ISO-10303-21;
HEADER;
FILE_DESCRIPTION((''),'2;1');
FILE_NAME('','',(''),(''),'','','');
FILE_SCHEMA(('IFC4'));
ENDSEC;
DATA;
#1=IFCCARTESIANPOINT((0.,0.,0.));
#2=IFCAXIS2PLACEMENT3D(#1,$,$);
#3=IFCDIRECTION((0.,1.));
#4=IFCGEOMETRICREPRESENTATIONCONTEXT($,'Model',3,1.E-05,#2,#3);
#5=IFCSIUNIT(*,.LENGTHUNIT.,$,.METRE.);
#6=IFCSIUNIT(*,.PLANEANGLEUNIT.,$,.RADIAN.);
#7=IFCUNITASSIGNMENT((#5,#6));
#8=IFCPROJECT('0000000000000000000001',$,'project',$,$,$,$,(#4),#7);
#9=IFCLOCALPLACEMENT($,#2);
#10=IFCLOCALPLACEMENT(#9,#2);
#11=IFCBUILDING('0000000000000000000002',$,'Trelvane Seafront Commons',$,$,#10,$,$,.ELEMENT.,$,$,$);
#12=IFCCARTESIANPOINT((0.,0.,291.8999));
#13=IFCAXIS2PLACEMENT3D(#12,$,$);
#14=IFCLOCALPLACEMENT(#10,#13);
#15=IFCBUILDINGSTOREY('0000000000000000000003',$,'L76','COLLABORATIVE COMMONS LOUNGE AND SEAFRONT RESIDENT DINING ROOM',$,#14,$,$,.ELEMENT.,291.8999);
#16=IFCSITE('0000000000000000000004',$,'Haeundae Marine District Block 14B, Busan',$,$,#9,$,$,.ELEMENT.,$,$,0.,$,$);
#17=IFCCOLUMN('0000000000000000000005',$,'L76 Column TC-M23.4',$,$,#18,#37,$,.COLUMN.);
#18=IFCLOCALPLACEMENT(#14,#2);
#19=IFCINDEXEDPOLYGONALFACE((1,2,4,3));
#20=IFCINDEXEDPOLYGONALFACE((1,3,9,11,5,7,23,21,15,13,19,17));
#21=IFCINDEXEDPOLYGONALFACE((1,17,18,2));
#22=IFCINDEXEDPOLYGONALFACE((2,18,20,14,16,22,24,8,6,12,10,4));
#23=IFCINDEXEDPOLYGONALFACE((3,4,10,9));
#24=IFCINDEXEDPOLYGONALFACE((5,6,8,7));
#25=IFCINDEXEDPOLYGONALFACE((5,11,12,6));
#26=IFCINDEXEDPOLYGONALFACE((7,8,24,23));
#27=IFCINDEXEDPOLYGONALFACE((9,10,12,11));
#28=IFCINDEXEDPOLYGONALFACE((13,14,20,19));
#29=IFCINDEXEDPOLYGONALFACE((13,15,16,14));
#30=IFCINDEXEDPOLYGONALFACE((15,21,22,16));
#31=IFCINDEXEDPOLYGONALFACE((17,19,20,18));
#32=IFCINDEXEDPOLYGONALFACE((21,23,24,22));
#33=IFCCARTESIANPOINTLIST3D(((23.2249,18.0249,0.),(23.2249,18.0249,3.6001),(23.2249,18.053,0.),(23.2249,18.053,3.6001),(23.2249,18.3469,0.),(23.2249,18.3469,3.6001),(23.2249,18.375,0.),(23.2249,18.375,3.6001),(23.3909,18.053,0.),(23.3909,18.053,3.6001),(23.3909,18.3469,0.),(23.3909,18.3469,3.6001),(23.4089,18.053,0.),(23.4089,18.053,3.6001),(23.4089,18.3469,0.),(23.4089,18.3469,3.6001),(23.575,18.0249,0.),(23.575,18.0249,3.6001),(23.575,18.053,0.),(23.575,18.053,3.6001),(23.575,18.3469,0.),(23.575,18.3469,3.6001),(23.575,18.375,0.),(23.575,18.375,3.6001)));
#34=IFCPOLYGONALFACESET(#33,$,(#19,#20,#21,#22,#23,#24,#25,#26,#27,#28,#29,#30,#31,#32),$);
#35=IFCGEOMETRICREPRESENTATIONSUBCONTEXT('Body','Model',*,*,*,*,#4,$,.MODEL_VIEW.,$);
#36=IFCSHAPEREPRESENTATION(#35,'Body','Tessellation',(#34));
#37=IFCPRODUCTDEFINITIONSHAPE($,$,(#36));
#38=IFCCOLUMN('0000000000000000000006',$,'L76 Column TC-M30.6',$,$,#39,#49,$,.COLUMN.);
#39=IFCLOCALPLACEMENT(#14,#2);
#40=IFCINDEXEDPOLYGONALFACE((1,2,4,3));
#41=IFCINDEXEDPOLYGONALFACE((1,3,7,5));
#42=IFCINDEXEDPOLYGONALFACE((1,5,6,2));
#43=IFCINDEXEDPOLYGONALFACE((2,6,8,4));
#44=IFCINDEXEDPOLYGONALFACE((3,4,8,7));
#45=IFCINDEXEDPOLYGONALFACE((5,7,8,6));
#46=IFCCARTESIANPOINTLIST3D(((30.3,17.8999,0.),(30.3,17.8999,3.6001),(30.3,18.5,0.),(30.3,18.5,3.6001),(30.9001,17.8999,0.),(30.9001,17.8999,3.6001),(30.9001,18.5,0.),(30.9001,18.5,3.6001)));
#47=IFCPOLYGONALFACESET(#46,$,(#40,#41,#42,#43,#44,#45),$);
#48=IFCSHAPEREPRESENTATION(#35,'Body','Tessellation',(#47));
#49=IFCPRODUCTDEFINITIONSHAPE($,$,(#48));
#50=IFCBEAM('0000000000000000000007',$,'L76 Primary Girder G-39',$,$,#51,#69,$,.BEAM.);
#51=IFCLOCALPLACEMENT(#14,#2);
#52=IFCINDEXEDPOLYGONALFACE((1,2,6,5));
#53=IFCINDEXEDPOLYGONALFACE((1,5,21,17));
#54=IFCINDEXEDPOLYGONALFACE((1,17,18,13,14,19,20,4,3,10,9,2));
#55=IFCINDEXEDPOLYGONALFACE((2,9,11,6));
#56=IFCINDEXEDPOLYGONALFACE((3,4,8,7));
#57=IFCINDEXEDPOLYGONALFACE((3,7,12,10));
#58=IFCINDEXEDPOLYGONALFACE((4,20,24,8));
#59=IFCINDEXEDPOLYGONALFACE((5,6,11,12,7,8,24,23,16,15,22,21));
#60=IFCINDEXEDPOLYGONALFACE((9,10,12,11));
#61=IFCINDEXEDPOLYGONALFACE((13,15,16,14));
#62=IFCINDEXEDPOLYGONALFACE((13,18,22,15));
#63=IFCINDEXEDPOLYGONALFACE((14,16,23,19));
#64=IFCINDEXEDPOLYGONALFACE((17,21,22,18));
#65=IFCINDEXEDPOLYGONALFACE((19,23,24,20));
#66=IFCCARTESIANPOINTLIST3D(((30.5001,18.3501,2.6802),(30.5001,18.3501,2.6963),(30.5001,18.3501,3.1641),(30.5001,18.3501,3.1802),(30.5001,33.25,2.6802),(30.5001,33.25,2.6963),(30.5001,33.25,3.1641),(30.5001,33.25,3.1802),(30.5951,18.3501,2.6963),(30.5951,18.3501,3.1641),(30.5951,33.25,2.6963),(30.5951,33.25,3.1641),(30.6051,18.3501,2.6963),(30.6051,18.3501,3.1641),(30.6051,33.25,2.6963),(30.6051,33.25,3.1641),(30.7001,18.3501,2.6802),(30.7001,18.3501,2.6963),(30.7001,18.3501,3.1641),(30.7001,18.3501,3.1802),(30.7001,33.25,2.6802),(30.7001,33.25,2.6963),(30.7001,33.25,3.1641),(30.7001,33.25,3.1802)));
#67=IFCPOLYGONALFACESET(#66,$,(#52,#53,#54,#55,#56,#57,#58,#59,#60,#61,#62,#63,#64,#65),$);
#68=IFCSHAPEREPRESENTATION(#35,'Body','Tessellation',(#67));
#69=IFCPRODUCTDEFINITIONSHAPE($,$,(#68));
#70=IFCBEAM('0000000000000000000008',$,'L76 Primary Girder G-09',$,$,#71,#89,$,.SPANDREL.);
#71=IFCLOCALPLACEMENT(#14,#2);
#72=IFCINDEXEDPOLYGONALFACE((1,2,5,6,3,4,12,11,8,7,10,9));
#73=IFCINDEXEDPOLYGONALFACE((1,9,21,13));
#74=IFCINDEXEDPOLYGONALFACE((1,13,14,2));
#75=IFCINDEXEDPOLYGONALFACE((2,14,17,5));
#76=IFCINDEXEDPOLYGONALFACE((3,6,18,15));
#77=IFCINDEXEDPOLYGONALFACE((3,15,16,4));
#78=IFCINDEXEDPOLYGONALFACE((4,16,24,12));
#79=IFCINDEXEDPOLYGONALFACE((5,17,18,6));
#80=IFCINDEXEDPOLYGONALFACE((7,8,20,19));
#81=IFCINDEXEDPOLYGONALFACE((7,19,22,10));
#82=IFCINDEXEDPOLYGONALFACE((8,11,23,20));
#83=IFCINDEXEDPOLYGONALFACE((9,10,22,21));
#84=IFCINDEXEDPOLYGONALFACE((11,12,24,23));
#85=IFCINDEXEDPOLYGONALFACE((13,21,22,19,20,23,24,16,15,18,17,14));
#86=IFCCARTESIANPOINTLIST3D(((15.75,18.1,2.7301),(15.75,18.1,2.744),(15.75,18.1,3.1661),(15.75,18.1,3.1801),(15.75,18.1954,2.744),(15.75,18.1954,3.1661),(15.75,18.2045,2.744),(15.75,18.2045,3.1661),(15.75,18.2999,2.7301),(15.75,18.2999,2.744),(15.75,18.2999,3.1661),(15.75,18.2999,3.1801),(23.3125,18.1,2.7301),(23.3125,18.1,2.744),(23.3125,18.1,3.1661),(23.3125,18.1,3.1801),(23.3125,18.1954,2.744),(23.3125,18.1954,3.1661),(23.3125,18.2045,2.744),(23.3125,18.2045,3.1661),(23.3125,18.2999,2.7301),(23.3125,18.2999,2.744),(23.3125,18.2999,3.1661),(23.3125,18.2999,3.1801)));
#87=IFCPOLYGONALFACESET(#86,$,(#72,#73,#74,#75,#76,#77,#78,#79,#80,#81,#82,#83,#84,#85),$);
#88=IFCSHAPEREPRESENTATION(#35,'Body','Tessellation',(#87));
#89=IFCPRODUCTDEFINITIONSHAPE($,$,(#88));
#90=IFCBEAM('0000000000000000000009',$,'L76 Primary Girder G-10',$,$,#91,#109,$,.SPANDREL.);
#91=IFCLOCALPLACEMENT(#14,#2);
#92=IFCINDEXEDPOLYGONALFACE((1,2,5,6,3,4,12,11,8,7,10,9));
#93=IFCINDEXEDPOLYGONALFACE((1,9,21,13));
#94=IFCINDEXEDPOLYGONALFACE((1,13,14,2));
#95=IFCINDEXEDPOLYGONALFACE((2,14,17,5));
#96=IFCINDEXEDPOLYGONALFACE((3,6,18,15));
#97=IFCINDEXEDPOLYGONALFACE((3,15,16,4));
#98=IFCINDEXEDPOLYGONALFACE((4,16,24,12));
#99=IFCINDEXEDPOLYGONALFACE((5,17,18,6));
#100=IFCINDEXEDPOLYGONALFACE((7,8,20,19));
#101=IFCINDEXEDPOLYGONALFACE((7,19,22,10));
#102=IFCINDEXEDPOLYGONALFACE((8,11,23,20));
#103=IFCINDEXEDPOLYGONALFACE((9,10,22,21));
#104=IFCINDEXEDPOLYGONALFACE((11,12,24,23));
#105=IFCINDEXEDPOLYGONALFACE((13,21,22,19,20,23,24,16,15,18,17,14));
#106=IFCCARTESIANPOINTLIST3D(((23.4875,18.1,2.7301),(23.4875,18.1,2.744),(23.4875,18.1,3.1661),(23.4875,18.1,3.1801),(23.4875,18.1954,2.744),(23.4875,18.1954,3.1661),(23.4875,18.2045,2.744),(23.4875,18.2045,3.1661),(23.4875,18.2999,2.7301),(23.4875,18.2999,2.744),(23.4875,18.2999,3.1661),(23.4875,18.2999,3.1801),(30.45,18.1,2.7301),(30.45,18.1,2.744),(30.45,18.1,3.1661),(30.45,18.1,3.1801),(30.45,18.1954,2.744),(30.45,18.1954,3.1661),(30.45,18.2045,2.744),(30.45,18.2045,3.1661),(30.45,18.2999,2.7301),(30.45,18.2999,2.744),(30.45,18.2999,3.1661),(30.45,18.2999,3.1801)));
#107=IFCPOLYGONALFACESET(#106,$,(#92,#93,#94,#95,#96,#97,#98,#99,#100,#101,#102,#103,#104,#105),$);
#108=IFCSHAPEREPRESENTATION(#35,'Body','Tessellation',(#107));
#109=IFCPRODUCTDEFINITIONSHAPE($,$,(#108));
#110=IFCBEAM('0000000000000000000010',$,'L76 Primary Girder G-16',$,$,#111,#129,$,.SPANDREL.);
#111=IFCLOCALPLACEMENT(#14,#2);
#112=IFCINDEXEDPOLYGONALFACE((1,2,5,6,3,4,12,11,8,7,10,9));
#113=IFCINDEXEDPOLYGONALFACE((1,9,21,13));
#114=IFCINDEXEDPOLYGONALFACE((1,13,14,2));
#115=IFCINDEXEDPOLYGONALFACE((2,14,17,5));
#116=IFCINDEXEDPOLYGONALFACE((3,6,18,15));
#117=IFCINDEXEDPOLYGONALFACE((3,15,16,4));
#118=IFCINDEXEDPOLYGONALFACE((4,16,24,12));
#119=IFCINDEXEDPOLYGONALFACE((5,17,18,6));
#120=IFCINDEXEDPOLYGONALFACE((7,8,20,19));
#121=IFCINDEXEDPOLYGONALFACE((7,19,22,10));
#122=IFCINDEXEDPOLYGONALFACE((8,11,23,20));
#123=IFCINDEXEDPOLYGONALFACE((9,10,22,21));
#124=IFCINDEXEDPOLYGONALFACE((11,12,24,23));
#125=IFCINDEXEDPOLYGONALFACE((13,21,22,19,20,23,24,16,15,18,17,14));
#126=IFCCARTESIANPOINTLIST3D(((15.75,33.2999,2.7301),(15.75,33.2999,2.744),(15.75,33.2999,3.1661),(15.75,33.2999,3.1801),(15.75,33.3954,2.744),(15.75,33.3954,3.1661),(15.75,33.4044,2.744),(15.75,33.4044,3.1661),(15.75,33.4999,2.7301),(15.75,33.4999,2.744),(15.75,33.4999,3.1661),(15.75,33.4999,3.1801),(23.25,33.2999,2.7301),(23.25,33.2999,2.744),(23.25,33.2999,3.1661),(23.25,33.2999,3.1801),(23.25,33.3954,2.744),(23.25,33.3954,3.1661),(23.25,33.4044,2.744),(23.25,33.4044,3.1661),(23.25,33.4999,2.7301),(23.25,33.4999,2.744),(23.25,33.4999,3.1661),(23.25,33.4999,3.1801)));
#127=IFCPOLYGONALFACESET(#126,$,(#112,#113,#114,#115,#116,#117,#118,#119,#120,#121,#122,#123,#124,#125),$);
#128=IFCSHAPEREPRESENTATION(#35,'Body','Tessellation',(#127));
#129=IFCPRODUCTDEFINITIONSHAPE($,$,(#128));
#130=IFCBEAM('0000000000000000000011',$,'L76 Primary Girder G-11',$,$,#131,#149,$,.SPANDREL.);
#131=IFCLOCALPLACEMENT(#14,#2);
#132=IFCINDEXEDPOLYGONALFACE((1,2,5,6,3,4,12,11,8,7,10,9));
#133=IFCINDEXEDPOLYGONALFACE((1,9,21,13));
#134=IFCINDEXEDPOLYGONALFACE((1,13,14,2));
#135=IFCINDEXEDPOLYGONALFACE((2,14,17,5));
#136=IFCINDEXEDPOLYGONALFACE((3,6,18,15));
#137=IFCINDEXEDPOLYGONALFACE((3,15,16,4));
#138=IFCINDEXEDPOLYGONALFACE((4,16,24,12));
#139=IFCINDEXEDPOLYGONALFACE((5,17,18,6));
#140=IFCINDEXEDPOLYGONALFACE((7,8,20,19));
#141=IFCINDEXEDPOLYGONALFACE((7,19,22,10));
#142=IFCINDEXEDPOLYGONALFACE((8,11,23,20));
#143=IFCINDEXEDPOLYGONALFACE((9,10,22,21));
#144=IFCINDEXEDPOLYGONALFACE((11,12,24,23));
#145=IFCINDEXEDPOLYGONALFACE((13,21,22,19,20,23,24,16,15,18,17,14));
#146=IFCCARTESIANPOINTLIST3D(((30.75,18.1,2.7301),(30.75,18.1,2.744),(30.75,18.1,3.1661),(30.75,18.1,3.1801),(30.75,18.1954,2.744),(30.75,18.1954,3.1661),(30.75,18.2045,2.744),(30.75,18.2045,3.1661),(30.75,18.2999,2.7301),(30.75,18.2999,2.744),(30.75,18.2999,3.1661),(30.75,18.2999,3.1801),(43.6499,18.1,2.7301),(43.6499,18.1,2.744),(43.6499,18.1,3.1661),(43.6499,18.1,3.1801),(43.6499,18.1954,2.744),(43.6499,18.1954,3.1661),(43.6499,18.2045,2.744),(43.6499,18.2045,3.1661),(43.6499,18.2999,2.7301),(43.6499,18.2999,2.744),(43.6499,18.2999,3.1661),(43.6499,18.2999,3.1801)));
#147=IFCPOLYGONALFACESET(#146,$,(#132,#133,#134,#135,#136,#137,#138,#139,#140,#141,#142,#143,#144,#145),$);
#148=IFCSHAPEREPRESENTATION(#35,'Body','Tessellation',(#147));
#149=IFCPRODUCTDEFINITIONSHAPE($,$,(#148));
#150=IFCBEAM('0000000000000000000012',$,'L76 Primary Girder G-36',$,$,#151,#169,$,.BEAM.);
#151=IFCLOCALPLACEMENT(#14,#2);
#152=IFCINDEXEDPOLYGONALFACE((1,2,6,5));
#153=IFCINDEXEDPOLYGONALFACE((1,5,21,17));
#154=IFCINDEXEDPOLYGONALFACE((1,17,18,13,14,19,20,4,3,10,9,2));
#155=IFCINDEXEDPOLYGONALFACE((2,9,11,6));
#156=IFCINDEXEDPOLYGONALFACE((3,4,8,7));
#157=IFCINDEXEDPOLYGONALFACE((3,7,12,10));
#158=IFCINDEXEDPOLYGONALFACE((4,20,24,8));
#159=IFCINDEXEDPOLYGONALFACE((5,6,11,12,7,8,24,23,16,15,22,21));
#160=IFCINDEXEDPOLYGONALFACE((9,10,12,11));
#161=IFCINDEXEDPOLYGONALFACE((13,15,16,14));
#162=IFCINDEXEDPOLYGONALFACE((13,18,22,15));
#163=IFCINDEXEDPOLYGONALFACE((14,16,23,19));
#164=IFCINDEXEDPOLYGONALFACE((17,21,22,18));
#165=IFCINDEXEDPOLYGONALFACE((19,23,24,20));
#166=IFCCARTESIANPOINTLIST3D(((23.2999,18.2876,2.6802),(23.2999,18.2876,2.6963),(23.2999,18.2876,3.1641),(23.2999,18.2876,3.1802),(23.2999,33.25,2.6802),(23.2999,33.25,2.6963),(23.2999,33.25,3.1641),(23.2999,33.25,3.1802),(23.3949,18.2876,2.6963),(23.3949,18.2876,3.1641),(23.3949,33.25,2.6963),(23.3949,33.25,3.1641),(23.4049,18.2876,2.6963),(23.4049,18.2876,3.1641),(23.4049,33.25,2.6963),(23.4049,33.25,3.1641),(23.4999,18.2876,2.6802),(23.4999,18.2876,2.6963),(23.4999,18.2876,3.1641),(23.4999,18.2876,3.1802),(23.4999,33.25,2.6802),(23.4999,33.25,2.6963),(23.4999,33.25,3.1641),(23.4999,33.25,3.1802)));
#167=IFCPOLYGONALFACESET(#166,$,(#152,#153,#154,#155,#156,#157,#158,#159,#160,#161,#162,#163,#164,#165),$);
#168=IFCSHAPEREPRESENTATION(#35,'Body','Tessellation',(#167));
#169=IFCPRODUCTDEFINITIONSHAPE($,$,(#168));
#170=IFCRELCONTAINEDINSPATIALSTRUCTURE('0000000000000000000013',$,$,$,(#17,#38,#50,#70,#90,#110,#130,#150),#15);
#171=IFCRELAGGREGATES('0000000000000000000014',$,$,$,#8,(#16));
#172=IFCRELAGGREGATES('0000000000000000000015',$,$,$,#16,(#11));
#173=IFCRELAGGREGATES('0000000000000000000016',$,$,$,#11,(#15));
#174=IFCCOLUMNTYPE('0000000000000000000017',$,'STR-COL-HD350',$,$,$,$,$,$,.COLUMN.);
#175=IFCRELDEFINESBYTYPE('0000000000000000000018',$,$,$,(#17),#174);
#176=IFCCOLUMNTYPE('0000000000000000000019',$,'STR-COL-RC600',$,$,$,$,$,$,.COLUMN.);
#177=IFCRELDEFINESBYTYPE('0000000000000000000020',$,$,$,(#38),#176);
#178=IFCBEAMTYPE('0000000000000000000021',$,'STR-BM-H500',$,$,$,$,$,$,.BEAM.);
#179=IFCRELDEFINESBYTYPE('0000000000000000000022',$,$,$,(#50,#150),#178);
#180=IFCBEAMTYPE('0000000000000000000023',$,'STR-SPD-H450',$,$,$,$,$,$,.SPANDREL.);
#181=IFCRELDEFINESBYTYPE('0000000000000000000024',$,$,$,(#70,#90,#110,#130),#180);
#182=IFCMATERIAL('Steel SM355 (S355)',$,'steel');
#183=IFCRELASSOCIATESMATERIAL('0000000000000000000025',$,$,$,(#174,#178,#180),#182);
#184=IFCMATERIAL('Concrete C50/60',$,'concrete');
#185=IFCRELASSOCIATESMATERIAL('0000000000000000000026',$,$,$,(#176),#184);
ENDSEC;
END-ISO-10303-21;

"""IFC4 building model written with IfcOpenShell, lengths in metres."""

from ifc_helpers import new_model, si_unit, direction, frame, origin, origin_2d, place, context, subcontext, project, spatial, rectangle, i_section, extrude, source, transform, mapped, material, material_profile, profile_set, type_object, element, save


model = new_model("IFC4")

# Units and contexts
model_context = context("Model", 3, precision=1e-05, world=origin(), true_north=direction((0.0, 1.0)))
body_context = subcontext(model_context, "Body", "Model", "MODEL_VIEW")
ifc_project = project(units=[si_unit("LENGTHUNIT", "METRE"), si_unit("PLANEANGLEUNIT", "RADIAN")], contexts=[model_context])

# Site, building, storey
site_placement = place(None, origin())
site = spatial("IfcSite", under=ifc_project, at=site_placement, Name="Haeundae Marine District Block 14B, Busan", CompositionType="ELEMENT", RefElevation=0.0)
building_placement = place(site_placement, origin())
building = spatial("IfcBuilding", under=site, at=building_placement, Name="Trelvane Seafront Commons", CompositionType="ELEMENT")
storey_placement = place(building_placement, frame((0.0, 0.0, 291.8999)))
storey = spatial("IfcBuildingStorey", under=building, at=storey_placement, Name="L76", Description="COLLABORATIVE COMMONS LOUNGE AND SEAFRONT RESIDENT DINING ROOM", CompositionType="ELEMENT", Elevation=291.8999)

# Columns
ifc_material_1 = material(Name="Steel SM355 (S355)", Category="steel")
ifc_material_profile_1 = material_profile(ifc_material_1, i_section(OverallWidth=0.3501, OverallDepth=0.3501, WebThickness=0.0181, FlangeThickness=0.0281, at=origin_2d()), Name="HD-350x350x18x28")
ifc_profile_set_1 = profile_set([ifc_material_profile_1], Name="Steel SM355 (S355)")
column_type_1 = type_object("IfcColumnType", Name="STR-COL-HD350", PredefinedType="COLUMN", material=ifc_profile_set_1)
shared_shape_1 = source(origin(), body_context, "Body", "SweptSolid", [
    extrude(i_section(OverallWidth=0.3501, OverallDepth=0.3501, WebThickness=0.0181, FlangeThickness=0.0281, at=origin_2d()), origin(), (0.0, 0.0, 1.0), 3.6001),
])
column_1_placement = place(storey_placement, frame((23.3999, 18.2, 0.0), z_axis=(0.0, 0.0, 1.0), x_axis=(1.0, 0.0, 0.0)))
element("IfcColumn", 1, at=column_1_placement, inside=storey, type_object=column_type_1, Name="L76 Column TC-M23.4", PredefinedType="COLUMN", context=body_context, shape_type="MappedRepresentation", body=[
    mapped(shared_shape_1, transform((0.0, 0.0, 0.0), x_axis=(1.0, 0.0, 0.0), y_axis=(0.0, 1.0, 0.0), z_axis=(0.0, 0.0, 1.0), scale=1.0)),
])
ifc_material_2 = material(Name="Concrete C50/60", Category="concrete")
ifc_material_profile_2 = material_profile(ifc_material_2, rectangle(XDim=0.6001, YDim=0.6001, at=origin_2d()), Name="RC-600x600")
ifc_profile_set_2 = profile_set([ifc_material_profile_2], Name="Concrete C50/60")
column_type_2 = type_object("IfcColumnType", Name="STR-COL-RC600", PredefinedType="COLUMN", material=ifc_profile_set_2)
shared_shape_2 = source(origin(), body_context, "Body", "SweptSolid", [
    extrude(rectangle(XDim=0.6001, YDim=0.6001, at=origin_2d()), origin(), (0.0, 0.0, 1.0), 3.6001),
])
column_2_placement = place(storey_placement, frame((30.6001, 18.2, 0.0), z_axis=(0.0, 0.0, 1.0), x_axis=(1.0, 0.0, 0.0)))
element("IfcColumn", 2, at=column_2_placement, inside=storey, type_object=column_type_2, Name="L76 Column TC-M30.6", PredefinedType="COLUMN", context=body_context, shape_type="MappedRepresentation", body=[
    mapped(shared_shape_2, transform((0.0, 0.0, 0.0), x_axis=(1.0, 0.0, 0.0), y_axis=(0.0, 1.0, 0.0), z_axis=(0.0, 0.0, 1.0), scale=1.0)),
])

# Beams
ifc_material_profile_3 = material_profile(ifc_material_1, i_section(OverallWidth=0.2, OverallDepth=0.5, WebThickness=0.01, FlangeThickness=0.0161, at=origin_2d()), Name="H-500x200x10x16")
ifc_profile_set_3 = profile_set([ifc_material_profile_3], Name="Steel SM355 (S355)")
beam_type_1 = type_object("IfcBeamType", Name="STR-BM-H500", PredefinedType="BEAM", material=ifc_profile_set_3)
shared_shape_3 = source(origin(), body_context, "Body", "SweptSolid", [
    extrude(i_section(OverallWidth=0.2, OverallDepth=0.5, WebThickness=0.01, FlangeThickness=0.0161, at=origin_2d()), origin(), (0.0, 0.0, 1.0), 14.8999),
])
beam_1_placement = place(storey_placement, frame((30.6001, 18.3501, 2.9302), z_axis=(0.0, 1.0, 0.0), x_axis=(-1.0, 0.0, 0.0)))
element("IfcBeam", 3, at=beam_1_placement, inside=storey, type_object=beam_type_1, Name="L76 Primary Girder G-39", PredefinedType="BEAM", context=body_context, shape_type="MappedRepresentation", body=[
    mapped(shared_shape_3, transform((0.0, 0.0, 0.0), x_axis=(1.0, 0.0, 0.0), y_axis=(0.0, 1.0, 0.0), z_axis=(0.0, 0.0, 1.0), scale=1.0)),
])
ifc_material_profile_4 = material_profile(ifc_material_1, i_section(OverallWidth=0.2, OverallDepth=0.45, WebThickness=0.009, FlangeThickness=0.0139, at=origin_2d()), Name="H-450x200x9x14")
ifc_profile_set_4 = profile_set([ifc_material_profile_4], Name="Steel SM355 (S355)")
beam_type_2 = type_object("IfcBeamType", Name="STR-SPD-H450", PredefinedType="SPANDREL", material=ifc_profile_set_4)
shared_shape_4 = source(origin(), body_context, "Body", "SweptSolid", [
    extrude(i_section(OverallWidth=0.2, OverallDepth=0.45, WebThickness=0.009, FlangeThickness=0.0139, at=origin_2d()), origin(), (0.0, 0.0, 1.0), 7.5625),
])
beam_2_placement = place(storey_placement, frame((15.75, 18.2, 2.9551), z_axis=(1.0, 0.0, 0.0), x_axis=(0.0, 1.0, 0.0)))
element("IfcBeam", 4, at=beam_2_placement, inside=storey, type_object=beam_type_2, Name="L76 Primary Girder G-09", PredefinedType="SPANDREL", context=body_context, shape_type="MappedRepresentation", body=[
    mapped(shared_shape_4, transform((0.0, 0.0, 0.0), x_axis=(1.0, 0.0, 0.0), y_axis=(0.0, 1.0, 0.0), z_axis=(0.0, 0.0, 1.0), scale=1.0)),
])
shared_shape_5 = source(origin(), body_context, "Body", "SweptSolid", [
    extrude(i_section(OverallWidth=0.2, OverallDepth=0.45, WebThickness=0.009, FlangeThickness=0.0139, at=origin_2d()), origin(), (0.0, 0.0, 1.0), 6.9624),
])
beam_3_placement = place(storey_placement, frame((23.4875, 18.2, 2.9551), z_axis=(1.0, 0.0, 0.0), x_axis=(0.0, 1.0, 0.0)))
element("IfcBeam", 5, at=beam_3_placement, inside=storey, type_object=beam_type_2, Name="L76 Primary Girder G-10", PredefinedType="SPANDREL", context=body_context, shape_type="MappedRepresentation", body=[
    mapped(shared_shape_5, transform((0.0, 0.0, 0.0), x_axis=(1.0, 0.0, 0.0), y_axis=(0.0, 1.0, 0.0), z_axis=(0.0, 0.0, 1.0), scale=1.0)),
])
shared_shape_6 = source(origin(), body_context, "Body", "SweptSolid", [
    extrude(i_section(OverallWidth=0.2, OverallDepth=0.45, WebThickness=0.009, FlangeThickness=0.0139, at=origin_2d()), origin(), (0.0, 0.0, 1.0), 7.5),
])
beam_4_placement = place(storey_placement, frame((15.75, 33.3999, 2.9551), z_axis=(1.0, 0.0, 0.0), x_axis=(0.0, 1.0, 0.0)))
element("IfcBeam", 6, at=beam_4_placement, inside=storey, type_object=beam_type_2, Name="L76 Primary Girder G-16", PredefinedType="SPANDREL", context=body_context, shape_type="MappedRepresentation", body=[
    mapped(shared_shape_6, transform((0.0, 0.0, 0.0), x_axis=(1.0, 0.0, 0.0), y_axis=(0.0, 1.0, 0.0), z_axis=(0.0, 0.0, 1.0), scale=1.0)),
])
shared_shape_7 = source(origin(), body_context, "Body", "SweptSolid", [
    extrude(i_section(OverallWidth=0.2, OverallDepth=0.45, WebThickness=0.009, FlangeThickness=0.0139, at=origin_2d()), origin(), (0.0, 0.0, 1.0), 12.8999),
])
beam_5_placement = place(storey_placement, frame((30.75, 18.2, 2.9551), z_axis=(1.0, 0.0, 0.0), x_axis=(0.0, 1.0, 0.0)))
element("IfcBeam", 7, at=beam_5_placement, inside=storey, type_object=beam_type_2, Name="L76 Primary Girder G-11", PredefinedType="SPANDREL", context=body_context, shape_type="MappedRepresentation", body=[
    mapped(shared_shape_7, transform((0.0, 0.0, 0.0), x_axis=(1.0, 0.0, 0.0), y_axis=(0.0, 1.0, 0.0), z_axis=(0.0, 0.0, 1.0), scale=1.0)),
])
shared_shape_8 = source(origin(), body_context, "Body", "SweptSolid", [
    extrude(i_section(OverallWidth=0.2, OverallDepth=0.5, WebThickness=0.01, FlangeThickness=0.0161, at=origin_2d()), origin(), (0.0, 0.0, 1.0), 14.9624),
])
beam_6_placement = place(storey_placement, frame((23.3999, 18.2876, 2.9302), z_axis=(0.0, 1.0, 0.0), x_axis=(-1.0, 0.0, 0.0)))
element("IfcBeam", 8, at=beam_6_placement, inside=storey, type_object=beam_type_1, Name="L76 Primary Girder G-36", PredefinedType="BEAM", context=body_context, shape_type="MappedRepresentation", body=[
    mapped(shared_shape_8, transform((0.0, 0.0, 0.0), x_axis=(1.0, 0.0, 0.0), y_axis=(0.0, 1.0, 0.0), z_axis=(0.0, 0.0, 1.0), scale=1.0)),
])

save(model, "model.ifc")
